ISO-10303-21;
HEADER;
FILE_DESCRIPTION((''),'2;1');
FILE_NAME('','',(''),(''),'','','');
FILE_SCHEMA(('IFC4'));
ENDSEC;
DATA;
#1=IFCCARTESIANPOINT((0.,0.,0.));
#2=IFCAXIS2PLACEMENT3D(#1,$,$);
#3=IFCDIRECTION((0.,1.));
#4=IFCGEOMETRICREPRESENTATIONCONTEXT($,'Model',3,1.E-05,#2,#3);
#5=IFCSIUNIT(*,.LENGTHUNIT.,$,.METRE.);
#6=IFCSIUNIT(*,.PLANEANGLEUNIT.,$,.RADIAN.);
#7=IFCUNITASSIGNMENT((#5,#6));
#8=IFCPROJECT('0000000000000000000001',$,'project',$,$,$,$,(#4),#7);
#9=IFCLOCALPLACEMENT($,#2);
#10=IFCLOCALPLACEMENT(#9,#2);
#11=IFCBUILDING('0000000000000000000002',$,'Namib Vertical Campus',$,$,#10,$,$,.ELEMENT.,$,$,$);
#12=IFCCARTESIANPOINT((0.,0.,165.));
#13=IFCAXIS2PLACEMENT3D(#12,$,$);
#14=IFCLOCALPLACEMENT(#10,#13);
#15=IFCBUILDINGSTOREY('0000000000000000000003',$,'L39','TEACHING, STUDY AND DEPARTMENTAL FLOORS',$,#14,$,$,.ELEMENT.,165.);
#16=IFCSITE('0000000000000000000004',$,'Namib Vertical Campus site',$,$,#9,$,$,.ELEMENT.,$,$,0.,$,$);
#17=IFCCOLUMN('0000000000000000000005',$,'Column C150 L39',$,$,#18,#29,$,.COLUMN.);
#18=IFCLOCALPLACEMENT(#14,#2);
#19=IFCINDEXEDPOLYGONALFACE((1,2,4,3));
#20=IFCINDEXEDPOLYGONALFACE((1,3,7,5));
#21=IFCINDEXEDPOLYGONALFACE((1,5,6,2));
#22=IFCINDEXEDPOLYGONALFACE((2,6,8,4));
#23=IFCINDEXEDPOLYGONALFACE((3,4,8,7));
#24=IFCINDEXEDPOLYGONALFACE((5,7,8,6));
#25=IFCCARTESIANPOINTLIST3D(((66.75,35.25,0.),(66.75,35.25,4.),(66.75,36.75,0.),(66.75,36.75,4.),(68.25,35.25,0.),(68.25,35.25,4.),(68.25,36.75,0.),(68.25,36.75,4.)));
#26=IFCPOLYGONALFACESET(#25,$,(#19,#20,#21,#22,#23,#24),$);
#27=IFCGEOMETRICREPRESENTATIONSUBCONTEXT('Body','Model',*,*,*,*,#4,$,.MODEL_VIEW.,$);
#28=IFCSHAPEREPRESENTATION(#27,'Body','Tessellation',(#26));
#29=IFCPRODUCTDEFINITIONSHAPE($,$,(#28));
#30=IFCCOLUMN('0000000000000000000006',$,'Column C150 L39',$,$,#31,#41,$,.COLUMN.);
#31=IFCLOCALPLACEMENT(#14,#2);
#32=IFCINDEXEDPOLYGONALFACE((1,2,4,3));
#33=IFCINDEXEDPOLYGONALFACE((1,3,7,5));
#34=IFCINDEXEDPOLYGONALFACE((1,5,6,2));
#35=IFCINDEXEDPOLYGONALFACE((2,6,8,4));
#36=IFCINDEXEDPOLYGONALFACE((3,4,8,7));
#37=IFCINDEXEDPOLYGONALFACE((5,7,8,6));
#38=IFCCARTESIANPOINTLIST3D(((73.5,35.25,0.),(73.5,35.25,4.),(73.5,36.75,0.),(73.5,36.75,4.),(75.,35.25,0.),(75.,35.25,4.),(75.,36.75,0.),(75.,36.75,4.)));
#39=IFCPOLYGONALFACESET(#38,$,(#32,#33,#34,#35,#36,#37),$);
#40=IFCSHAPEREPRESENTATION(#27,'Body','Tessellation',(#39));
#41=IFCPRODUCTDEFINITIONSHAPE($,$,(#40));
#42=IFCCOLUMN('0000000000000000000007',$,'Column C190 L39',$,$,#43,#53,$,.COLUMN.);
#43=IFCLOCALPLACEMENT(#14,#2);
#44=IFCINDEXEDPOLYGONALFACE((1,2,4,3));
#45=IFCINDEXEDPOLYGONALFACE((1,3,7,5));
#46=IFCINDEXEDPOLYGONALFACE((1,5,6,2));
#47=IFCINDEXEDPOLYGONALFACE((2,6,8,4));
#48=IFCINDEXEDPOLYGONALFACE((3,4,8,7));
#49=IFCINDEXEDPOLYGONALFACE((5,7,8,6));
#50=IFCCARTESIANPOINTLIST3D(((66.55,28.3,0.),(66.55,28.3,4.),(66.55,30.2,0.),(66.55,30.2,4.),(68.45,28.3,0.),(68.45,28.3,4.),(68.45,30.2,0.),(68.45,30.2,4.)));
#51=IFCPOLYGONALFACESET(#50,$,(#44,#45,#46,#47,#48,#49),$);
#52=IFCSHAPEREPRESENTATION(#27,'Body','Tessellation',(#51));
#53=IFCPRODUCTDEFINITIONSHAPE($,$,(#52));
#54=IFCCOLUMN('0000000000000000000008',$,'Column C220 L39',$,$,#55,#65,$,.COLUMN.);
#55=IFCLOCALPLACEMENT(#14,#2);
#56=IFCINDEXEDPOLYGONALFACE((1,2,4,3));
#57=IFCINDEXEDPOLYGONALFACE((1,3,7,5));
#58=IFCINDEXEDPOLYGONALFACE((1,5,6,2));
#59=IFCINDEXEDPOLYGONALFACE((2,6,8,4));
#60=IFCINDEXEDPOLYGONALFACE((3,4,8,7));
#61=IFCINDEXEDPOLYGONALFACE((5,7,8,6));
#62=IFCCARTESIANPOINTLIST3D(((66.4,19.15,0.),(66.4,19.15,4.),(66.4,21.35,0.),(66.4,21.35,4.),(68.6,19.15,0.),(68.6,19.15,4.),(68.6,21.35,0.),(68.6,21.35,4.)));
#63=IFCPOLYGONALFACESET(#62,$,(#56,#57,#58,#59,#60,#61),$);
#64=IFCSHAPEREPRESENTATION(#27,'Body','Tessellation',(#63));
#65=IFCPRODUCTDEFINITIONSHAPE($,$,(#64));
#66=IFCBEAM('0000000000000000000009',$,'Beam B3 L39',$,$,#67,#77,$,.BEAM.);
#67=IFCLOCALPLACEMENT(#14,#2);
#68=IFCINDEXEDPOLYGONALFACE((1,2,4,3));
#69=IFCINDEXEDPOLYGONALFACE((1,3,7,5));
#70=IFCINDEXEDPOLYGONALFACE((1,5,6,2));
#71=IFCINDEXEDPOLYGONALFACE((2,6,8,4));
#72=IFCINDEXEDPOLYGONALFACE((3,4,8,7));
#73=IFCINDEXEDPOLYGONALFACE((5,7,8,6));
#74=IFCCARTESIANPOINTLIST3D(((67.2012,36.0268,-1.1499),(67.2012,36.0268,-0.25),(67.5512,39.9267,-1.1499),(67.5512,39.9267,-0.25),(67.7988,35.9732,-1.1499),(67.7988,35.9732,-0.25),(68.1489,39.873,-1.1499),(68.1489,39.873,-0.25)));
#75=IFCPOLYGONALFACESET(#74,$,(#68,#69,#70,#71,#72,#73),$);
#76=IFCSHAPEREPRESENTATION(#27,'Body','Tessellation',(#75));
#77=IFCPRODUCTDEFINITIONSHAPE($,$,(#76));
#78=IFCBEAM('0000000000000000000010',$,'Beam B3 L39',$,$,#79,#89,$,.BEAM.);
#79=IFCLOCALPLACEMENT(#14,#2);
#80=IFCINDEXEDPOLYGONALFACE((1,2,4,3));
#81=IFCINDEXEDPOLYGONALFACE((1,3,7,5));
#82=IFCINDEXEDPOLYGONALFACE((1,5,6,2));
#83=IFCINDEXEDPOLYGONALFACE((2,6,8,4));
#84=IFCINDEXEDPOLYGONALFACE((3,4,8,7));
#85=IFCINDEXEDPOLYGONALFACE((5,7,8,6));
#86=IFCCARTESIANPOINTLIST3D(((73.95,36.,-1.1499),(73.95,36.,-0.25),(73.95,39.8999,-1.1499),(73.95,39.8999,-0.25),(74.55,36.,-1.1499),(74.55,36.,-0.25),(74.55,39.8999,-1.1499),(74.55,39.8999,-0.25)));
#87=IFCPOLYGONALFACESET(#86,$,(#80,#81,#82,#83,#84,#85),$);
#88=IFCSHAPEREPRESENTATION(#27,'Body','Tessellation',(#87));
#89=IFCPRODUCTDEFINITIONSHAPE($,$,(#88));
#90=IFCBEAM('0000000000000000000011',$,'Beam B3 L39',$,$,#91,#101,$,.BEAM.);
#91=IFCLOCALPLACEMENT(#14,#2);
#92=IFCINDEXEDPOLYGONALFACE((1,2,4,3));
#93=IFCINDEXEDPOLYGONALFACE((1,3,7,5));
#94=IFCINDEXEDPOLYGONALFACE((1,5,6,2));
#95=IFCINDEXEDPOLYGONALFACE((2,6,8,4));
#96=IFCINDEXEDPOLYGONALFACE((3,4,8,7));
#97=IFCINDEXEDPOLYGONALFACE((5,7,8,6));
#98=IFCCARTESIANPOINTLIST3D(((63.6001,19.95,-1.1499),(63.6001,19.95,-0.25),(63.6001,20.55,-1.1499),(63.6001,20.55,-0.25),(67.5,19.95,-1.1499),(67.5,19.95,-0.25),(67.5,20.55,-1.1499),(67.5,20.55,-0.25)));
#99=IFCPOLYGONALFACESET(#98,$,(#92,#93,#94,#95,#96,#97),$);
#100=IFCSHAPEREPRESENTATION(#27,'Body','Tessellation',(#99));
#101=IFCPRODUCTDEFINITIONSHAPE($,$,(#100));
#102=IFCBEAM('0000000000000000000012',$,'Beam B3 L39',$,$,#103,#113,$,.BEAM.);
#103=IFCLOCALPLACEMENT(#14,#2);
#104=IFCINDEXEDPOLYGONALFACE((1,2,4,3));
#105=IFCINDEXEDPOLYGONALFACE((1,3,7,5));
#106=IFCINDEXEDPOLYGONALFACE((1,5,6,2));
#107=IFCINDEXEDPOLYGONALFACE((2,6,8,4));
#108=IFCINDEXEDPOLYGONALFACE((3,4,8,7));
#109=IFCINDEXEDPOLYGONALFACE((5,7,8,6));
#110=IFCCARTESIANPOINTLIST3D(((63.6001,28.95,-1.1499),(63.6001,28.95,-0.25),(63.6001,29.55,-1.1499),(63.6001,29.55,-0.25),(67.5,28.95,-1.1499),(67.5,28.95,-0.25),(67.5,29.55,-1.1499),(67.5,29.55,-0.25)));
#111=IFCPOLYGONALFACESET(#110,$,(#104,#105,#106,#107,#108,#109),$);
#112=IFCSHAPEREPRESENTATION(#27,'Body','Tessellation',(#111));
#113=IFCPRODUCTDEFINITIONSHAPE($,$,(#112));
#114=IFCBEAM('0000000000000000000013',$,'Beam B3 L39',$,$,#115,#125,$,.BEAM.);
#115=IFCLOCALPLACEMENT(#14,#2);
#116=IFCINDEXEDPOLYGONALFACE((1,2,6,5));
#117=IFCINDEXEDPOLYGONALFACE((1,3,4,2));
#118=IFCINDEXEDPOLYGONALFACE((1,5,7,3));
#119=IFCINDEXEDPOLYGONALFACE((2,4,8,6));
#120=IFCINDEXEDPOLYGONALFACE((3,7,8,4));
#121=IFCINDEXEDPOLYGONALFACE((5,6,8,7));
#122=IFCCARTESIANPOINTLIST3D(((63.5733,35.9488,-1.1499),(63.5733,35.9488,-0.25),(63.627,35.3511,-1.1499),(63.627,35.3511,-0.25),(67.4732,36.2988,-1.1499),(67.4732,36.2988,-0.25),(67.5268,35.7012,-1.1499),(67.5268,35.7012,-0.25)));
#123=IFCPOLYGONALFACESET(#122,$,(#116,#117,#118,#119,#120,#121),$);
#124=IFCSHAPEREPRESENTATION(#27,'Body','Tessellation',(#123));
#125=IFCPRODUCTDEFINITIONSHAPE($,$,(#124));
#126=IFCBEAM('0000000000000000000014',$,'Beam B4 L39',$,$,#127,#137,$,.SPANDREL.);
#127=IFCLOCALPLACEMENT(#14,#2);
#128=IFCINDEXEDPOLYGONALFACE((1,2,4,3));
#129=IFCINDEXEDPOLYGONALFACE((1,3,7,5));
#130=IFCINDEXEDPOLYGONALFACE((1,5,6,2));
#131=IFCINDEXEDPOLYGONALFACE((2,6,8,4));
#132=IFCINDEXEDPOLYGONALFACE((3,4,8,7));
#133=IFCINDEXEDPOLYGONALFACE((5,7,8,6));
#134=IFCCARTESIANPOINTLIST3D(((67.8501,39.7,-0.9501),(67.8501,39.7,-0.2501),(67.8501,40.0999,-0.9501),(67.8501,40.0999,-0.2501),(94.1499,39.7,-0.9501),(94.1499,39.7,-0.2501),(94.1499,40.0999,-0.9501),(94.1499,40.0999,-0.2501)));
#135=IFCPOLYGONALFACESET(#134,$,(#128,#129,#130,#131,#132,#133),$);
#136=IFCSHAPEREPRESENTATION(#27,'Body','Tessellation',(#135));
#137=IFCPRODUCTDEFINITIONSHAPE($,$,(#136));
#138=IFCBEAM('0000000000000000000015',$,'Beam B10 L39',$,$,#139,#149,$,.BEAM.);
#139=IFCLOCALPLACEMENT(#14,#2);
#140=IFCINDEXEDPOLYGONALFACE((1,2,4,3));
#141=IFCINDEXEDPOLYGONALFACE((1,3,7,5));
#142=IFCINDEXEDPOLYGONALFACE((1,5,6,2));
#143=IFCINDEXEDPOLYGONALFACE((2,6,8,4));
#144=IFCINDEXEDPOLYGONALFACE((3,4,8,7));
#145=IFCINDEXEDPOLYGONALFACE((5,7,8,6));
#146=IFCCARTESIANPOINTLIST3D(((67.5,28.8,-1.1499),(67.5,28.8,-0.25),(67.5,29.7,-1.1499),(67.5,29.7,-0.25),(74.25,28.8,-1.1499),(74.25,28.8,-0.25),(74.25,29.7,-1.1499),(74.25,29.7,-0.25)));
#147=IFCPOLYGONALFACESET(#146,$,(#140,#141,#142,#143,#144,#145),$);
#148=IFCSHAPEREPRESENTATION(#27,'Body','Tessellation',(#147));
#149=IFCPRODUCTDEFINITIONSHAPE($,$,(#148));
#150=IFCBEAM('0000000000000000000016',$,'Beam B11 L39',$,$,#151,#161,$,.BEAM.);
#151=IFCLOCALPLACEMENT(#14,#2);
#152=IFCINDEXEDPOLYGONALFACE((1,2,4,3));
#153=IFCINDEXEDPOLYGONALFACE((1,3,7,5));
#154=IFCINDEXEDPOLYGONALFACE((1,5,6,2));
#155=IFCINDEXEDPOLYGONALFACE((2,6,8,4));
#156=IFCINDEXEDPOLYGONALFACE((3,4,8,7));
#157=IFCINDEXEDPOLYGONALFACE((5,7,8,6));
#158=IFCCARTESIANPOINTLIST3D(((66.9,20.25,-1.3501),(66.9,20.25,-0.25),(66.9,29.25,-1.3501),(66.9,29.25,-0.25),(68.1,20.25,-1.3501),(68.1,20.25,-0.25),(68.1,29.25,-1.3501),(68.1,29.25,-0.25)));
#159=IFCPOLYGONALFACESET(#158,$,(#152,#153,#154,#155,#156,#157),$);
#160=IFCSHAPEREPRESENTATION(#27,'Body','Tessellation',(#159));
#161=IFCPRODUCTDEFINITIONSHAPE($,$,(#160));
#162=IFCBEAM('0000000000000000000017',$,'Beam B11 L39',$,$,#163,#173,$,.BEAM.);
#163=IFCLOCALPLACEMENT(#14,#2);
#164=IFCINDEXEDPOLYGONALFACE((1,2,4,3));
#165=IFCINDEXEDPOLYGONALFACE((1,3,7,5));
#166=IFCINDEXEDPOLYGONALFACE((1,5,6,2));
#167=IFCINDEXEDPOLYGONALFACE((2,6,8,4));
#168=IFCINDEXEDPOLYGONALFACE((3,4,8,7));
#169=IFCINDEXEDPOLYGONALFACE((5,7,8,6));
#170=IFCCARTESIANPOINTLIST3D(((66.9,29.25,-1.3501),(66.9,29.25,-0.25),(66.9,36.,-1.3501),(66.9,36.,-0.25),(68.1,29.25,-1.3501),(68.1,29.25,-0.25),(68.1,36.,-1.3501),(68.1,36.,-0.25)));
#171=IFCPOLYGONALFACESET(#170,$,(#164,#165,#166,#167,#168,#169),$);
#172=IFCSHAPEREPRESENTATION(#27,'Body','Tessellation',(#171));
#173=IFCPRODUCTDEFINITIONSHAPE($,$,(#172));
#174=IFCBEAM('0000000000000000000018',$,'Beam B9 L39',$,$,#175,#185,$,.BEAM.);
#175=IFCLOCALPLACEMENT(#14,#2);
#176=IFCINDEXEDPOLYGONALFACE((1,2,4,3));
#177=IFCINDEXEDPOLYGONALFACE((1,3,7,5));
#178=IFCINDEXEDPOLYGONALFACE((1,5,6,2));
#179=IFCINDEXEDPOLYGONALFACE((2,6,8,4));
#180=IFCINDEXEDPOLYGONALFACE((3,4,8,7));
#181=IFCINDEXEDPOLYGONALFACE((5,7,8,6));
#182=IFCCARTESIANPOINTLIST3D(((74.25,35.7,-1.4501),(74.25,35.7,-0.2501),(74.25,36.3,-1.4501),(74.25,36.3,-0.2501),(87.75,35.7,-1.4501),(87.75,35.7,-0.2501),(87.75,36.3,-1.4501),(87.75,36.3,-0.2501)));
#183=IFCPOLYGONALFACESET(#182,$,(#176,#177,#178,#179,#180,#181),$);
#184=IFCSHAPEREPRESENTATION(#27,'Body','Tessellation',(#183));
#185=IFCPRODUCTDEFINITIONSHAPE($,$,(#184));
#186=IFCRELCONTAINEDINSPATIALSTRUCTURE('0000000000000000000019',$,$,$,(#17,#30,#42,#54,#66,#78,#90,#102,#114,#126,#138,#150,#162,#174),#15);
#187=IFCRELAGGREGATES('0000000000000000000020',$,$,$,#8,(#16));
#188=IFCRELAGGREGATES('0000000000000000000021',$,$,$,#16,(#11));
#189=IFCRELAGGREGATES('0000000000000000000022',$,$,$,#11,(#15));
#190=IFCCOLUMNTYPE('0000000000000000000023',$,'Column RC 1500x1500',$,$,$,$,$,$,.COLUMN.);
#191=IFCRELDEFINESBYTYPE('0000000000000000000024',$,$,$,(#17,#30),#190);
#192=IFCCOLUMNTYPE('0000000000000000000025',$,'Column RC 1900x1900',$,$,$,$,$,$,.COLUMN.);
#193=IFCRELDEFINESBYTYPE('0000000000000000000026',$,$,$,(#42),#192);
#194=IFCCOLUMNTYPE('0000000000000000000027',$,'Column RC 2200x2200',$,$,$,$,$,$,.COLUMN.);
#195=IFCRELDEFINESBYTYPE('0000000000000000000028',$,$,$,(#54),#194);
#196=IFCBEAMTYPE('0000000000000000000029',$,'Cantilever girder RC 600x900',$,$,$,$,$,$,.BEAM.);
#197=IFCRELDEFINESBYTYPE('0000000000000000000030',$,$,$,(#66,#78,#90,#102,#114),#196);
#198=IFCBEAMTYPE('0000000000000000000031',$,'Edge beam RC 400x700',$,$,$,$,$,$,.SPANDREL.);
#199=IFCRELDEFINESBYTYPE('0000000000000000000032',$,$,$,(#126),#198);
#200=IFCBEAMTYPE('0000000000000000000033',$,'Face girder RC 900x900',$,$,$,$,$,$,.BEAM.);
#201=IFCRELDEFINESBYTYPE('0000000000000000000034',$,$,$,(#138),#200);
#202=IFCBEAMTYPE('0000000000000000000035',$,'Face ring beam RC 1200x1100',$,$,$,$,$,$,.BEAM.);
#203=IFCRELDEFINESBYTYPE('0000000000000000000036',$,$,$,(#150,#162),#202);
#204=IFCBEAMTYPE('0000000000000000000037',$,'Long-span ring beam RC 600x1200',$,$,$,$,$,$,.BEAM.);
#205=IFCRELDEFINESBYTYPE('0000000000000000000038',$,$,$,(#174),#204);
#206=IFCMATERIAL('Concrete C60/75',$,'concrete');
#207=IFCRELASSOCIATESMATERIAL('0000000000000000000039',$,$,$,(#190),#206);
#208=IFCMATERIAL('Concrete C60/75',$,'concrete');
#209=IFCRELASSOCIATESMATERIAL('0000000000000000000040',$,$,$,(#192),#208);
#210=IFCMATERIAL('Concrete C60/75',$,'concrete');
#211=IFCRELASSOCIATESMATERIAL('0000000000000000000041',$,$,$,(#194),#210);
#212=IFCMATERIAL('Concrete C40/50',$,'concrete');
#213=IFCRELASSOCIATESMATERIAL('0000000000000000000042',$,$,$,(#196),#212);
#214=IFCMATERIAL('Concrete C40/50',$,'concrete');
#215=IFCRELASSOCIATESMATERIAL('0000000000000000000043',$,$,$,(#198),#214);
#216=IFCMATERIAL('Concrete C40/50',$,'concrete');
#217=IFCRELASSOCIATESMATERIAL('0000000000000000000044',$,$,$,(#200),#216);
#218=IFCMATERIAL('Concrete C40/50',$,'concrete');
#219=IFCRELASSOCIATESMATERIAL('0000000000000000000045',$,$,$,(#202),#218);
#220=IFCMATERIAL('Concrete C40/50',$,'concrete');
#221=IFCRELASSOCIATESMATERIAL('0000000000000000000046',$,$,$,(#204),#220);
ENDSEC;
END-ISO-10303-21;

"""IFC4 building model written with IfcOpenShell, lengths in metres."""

from ifc_helpers import new_model, si_unit, direction, frame, origin, origin_2d, place, context, subcontext, project, spatial, rectangle, extrude, material, material_profile, profile_set, type_object, element, save


model = new_model("IFC4")

# Units and contexts
model_context = context("Model", 3, precision=1e-05, world=origin(), true_north=direction((0.0, 1.0)))
body_context = subcontext(model_context, "Body", "Model", "MODEL_VIEW")
ifc_project = project(units=[si_unit("LENGTHUNIT", "METRE"), si_unit("PLANEANGLEUNIT", "RADIAN")], contexts=[model_context])

# Site, building, storey
site_placement = place(None, origin())
site = spatial("IfcSite", under=ifc_project, at=site_placement, Name="Namib Vertical Campus site", CompositionType="ELEMENT", RefElevation=0.0)
building_placement = place(site_placement, origin())
building = spatial("IfcBuilding", under=site, at=building_placement, Name="Namib Vertical Campus", CompositionType="ELEMENT")
storey_placement = place(building_placement, frame((0.0, 0.0, 165.0)))
storey = spatial("IfcBuildingStorey", under=building, at=storey_placement, Name="L39", Description="TEACHING, STUDY AND DEPARTMENTAL FLOORS", CompositionType="ELEMENT", Elevation=165.0)

# Columns
ifc_material_1 = material(Name="Concrete C60/75", Category="concrete")
ifc_material_profile_1 = material_profile(ifc_material_1, rectangle(XDim=1.5, YDim=1.5, at=origin_2d()))
ifc_profile_set_1 = profile_set([ifc_material_profile_1], Name="Concrete C60/75")
column_type_1 = type_object("IfcColumnType", Name="Column RC 1500x1500", PredefinedType="COLUMN", material=ifc_profile_set_1)
for number, where, z_axis, x_axis, name in (
    (1, (67.5, 36.0, 0.0), (0.0, 0.0, 1.0), (1.0, 0.0, 0.0), "Column C150 L39"),
    (2, (74.25, 36.0, 0.0), (0.0, 0.0, 1.0), (1.0, 0.0, 0.0), "Column C150 L39"),
):
    element("IfcColumn", number, at=place(storey_placement, frame(where, z_axis=z_axis, x_axis=x_axis)), inside=storey, type_object=column_type_1, Name=name, PredefinedType="COLUMN", context=body_context, shape_type="SweptSolid", body=[
        extrude(rectangle(XDim=1.5, YDim=1.5, at=origin_2d()), origin(), (0.0, 0.0, 1.0), 4.0),
    ])
ifc_material_2 = material(Name="Concrete C60/75", Category="concrete")
ifc_material_profile_2 = material_profile(ifc_material_2, rectangle(XDim=1.8999, YDim=1.8999, at=origin_2d()))
ifc_profile_set_2 = profile_set([ifc_material_profile_2], Name="Concrete C60/75")
column_type_2 = type_object("IfcColumnType", Name="Column RC 1900x1900", PredefinedType="COLUMN", material=ifc_profile_set_2)
column_1_placement = place(storey_placement, frame((67.5, 29.25, 0.0), z_axis=(0.0, 0.0, 1.0), x_axis=(1.0, 0.0, 0.0)))
element("IfcColumn", 3, at=column_1_placement, inside=storey, type_object=column_type_2, Name="Column C190 L39", PredefinedType="COLUMN", context=body_context, shape_type="SweptSolid", body=[
    extrude(rectangle(XDim=1.8999, YDim=1.8999, at=origin_2d()), origin(), (0.0, 0.0, 1.0), 4.0),
])
ifc_material_3 = material(Name="Concrete C60/75", Category="concrete")
ifc_material_profile_3 = material_profile(ifc_material_3, rectangle(XDim=2.2, YDim=2.2, at=origin_2d()))
ifc_profile_set_3 = profile_set([ifc_material_profile_3], Name="Concrete C60/75")
column_type_3 = type_object("IfcColumnType", Name="Column RC 2200x2200", PredefinedType="COLUMN", material=ifc_profile_set_3)
column_2_placement = place(storey_placement, frame((67.5, 20.25, 0.0), z_axis=(0.0, 0.0, 1.0), x_axis=(1.0, 0.0, 0.0)))
element("IfcColumn", 4, at=column_2_placement, inside=storey, type_object=column_type_3, Name="Column C220 L39", PredefinedType="COLUMN", context=body_context, shape_type="SweptSolid", body=[
    extrude(rectangle(XDim=2.2, YDim=2.2, at=origin_2d()), origin(), (0.0, 0.0, 1.0), 4.0),
])

# Beams
ifc_material_4 = material(Name="Concrete C40/50", Category="concrete")
ifc_material_profile_4 = material_profile(ifc_material_4, rectangle(XDim=0.6001, YDim=0.8999, at=origin_2d()))
ifc_profile_set_4 = profile_set([ifc_material_profile_4], Name="Concrete C40/50")
beam_type_1 = type_object("IfcBeamType", Name="Cantilever girder RC 600x900", PredefinedType="BEAM", material=ifc_profile_set_4)
beam_1_placement = place(storey_placement, frame((67.5, 36.0, -0.7), z_axis=(0.089411, 0.995995, 0.0), x_axis=(-0.995995, 0.089411, 0.0)))
element("IfcBeam", 5, at=beam_1_placement, inside=storey, type_object=beam_type_1, Name="Beam B3 L39", PredefinedType="BEAM", context=body_context, shape_type="SweptSolid", body=[
    extrude(rectangle(XDim=0.6001, YDim=0.8999, at=origin_2d()), origin(), (0.0, 0.0, 1.0), 3.9155),
])
for number, where, z_axis, x_axis, name in (
    (6, (74.25, 36.0, -0.7), (0.0, 1.0, 0.0), (-1.0, 0.0, 0.0), "Beam B3 L39"),
    (7, (67.5, 20.25, -0.7), (-1.0, 0.0, 0.0), (0.0, -1.0, 0.0), "Beam B3 L39"),
    (8, (67.5, 29.25, -0.7), (-1.0, 0.0, 0.0), (0.0, -1.0, 0.0), "Beam B3 L39"),
):
    element("IfcBeam", number, at=place(storey_placement, frame(where, z_axis=z_axis, x_axis=x_axis)), inside=storey, type_object=beam_type_1, Name=name, PredefinedType="BEAM", context=body_context, shape_type="SweptSolid", body=[
        extrude(rectangle(XDim=0.6001, YDim=0.8999, at=origin_2d()), origin(), (0.0, 0.0, 1.0), 3.8999),
    ])
beam_2_placement = place(storey_placement, frame((67.5, 36.0, -0.7), z_axis=(-0.995995, -0.089411, 0.0), x_axis=(0.089411, -0.995995, 0.0)))
element("IfcBeam", 9, at=beam_2_placement, inside=storey, type_object=beam_type_1, Name="Beam B3 L39", PredefinedType="BEAM", context=body_context, shape_type="SweptSolid", body=[
    extrude(rectangle(XDim=0.6001, YDim=0.8999, at=origin_2d()), origin(), (0.0, 0.0, 1.0), 3.9155),
])
ifc_material_5 = material(Name="Concrete C40/50", Category="concrete")
ifc_material_profile_5 = material_profile(ifc_material_5, rectangle(XDim=0.3999, YDim=0.7, at=origin_2d()))
ifc_profile_set_5 = profile_set([ifc_material_profile_5], Name="Concrete C40/50")
beam_type_2 = type_object("IfcBeamType", Name="Edge beam RC 400x700", PredefinedType="SPANDREL", material=ifc_profile_set_5)
beam_3_placement = place(storey_placement, frame((67.8501, 39.8999, -0.6001), z_axis=(1.0, 0.0, 0.0), x_axis=(0.0, 1.0, 0.0)))
element("IfcBeam", 10, at=beam_3_placement, inside=storey, type_object=beam_type_2, Name="Beam B4 L39", PredefinedType="SPANDREL", context=body_context, shape_type="SweptSolid", body=[
    extrude(rectangle(XDim=0.3999, YDim=0.7, at=origin_2d()), origin(), (0.0, 0.0, 1.0), 26.2998),
])
ifc_material_6 = material(Name="Concrete C40/50", Category="concrete")
ifc_material_profile_6 = material_profile(ifc_material_6, rectangle(XDim=0.8999, YDim=0.8999, at=origin_2d()))
ifc_profile_set_6 = profile_set([ifc_material_profile_6], Name="Concrete C40/50")
beam_type_3 = type_object("IfcBeamType", Name="Face girder RC 900x900", PredefinedType="BEAM", material=ifc_profile_set_6)
beam_4_placement = place(storey_placement, frame((67.5, 29.25, -0.7), z_axis=(1.0, 0.0, 0.0), x_axis=(0.0, 1.0, 0.0)))
element("IfcBeam", 11, at=beam_4_placement, inside=storey, type_object=beam_type_3, Name="Beam B10 L39", PredefinedType="BEAM", context=body_context, shape_type="SweptSolid", body=[
    extrude(rectangle(XDim=0.8999, YDim=0.8999, at=origin_2d()), origin(), (0.0, 0.0, 1.0), 6.75),
])
ifc_material_7 = material(Name="Concrete C40/50", Category="concrete")
ifc_material_profile_7 = material_profile(ifc_material_7, rectangle(XDim=1.2, YDim=1.1001, at=origin_2d()))
ifc_profile_set_7 = profile_set([ifc_material_profile_7], Name="Concrete C40/50")
beam_type_4 = type_object("IfcBeamType", Name="Face ring beam RC 1200x1100", PredefinedType="BEAM", material=ifc_profile_set_7)
beam_5_placement = place(storey_placement, frame((67.5, 20.25, -0.8), z_axis=(0.0, 1.0, 0.0), x_axis=(-1.0, 0.0, 0.0)))
element("IfcBeam", 12, at=beam_5_placement, inside=storey, type_object=beam_type_4, Name="Beam B11 L39", PredefinedType="BEAM", context=body_context, shape_type="SweptSolid", body=[
    extrude(rectangle(XDim=1.2, YDim=1.1001, at=origin_2d()), origin(), (0.0, 0.0, 1.0), 9.0),
])
beam_6_placement = place(storey_placement, frame((67.5, 29.25, -0.8), z_axis=(0.0, 1.0, 0.0), x_axis=(-1.0, 0.0, 0.0)))
element("IfcBeam", 13, at=beam_6_placement, inside=storey, type_object=beam_type_4, Name="Beam B11 L39", PredefinedType="BEAM", context=body_context, shape_type="SweptSolid", body=[
    extrude(rectangle(XDim=1.2, YDim=1.1001, at=origin_2d()), origin(), (0.0, 0.0, 1.0), 6.75),
])
ifc_material_8 = material(Name="Concrete C40/50", Category="concrete")
ifc_material_profile_8 = material_profile(ifc_material_8, rectangle(XDim=0.6001, YDim=1.2, at=origin_2d()))
ifc_profile_set_8 = profile_set([ifc_material_profile_8], Name="Concrete C40/50")
beam_type_5 = type_object("IfcBeamType", Name="Long-span ring beam RC 600x1200", PredefinedType="BEAM", material=ifc_profile_set_8)
beam_7_placement = place(storey_placement, frame((74.25, 36.0, -0.8501), z_axis=(1.0, 0.0, 0.0), x_axis=(0.0, 1.0, 0.0)))
element("IfcBeam", 14, at=beam_7_placement, inside=storey, type_object=beam_type_5, Name="Beam B9 L39", PredefinedType="BEAM", context=body_context, shape_type="SweptSolid", body=[
    extrude(rectangle(XDim=0.6001, YDim=1.2, at=origin_2d()), origin(), (0.0, 0.0, 1.0), 13.5),
])

save(model, "model.ifc")
